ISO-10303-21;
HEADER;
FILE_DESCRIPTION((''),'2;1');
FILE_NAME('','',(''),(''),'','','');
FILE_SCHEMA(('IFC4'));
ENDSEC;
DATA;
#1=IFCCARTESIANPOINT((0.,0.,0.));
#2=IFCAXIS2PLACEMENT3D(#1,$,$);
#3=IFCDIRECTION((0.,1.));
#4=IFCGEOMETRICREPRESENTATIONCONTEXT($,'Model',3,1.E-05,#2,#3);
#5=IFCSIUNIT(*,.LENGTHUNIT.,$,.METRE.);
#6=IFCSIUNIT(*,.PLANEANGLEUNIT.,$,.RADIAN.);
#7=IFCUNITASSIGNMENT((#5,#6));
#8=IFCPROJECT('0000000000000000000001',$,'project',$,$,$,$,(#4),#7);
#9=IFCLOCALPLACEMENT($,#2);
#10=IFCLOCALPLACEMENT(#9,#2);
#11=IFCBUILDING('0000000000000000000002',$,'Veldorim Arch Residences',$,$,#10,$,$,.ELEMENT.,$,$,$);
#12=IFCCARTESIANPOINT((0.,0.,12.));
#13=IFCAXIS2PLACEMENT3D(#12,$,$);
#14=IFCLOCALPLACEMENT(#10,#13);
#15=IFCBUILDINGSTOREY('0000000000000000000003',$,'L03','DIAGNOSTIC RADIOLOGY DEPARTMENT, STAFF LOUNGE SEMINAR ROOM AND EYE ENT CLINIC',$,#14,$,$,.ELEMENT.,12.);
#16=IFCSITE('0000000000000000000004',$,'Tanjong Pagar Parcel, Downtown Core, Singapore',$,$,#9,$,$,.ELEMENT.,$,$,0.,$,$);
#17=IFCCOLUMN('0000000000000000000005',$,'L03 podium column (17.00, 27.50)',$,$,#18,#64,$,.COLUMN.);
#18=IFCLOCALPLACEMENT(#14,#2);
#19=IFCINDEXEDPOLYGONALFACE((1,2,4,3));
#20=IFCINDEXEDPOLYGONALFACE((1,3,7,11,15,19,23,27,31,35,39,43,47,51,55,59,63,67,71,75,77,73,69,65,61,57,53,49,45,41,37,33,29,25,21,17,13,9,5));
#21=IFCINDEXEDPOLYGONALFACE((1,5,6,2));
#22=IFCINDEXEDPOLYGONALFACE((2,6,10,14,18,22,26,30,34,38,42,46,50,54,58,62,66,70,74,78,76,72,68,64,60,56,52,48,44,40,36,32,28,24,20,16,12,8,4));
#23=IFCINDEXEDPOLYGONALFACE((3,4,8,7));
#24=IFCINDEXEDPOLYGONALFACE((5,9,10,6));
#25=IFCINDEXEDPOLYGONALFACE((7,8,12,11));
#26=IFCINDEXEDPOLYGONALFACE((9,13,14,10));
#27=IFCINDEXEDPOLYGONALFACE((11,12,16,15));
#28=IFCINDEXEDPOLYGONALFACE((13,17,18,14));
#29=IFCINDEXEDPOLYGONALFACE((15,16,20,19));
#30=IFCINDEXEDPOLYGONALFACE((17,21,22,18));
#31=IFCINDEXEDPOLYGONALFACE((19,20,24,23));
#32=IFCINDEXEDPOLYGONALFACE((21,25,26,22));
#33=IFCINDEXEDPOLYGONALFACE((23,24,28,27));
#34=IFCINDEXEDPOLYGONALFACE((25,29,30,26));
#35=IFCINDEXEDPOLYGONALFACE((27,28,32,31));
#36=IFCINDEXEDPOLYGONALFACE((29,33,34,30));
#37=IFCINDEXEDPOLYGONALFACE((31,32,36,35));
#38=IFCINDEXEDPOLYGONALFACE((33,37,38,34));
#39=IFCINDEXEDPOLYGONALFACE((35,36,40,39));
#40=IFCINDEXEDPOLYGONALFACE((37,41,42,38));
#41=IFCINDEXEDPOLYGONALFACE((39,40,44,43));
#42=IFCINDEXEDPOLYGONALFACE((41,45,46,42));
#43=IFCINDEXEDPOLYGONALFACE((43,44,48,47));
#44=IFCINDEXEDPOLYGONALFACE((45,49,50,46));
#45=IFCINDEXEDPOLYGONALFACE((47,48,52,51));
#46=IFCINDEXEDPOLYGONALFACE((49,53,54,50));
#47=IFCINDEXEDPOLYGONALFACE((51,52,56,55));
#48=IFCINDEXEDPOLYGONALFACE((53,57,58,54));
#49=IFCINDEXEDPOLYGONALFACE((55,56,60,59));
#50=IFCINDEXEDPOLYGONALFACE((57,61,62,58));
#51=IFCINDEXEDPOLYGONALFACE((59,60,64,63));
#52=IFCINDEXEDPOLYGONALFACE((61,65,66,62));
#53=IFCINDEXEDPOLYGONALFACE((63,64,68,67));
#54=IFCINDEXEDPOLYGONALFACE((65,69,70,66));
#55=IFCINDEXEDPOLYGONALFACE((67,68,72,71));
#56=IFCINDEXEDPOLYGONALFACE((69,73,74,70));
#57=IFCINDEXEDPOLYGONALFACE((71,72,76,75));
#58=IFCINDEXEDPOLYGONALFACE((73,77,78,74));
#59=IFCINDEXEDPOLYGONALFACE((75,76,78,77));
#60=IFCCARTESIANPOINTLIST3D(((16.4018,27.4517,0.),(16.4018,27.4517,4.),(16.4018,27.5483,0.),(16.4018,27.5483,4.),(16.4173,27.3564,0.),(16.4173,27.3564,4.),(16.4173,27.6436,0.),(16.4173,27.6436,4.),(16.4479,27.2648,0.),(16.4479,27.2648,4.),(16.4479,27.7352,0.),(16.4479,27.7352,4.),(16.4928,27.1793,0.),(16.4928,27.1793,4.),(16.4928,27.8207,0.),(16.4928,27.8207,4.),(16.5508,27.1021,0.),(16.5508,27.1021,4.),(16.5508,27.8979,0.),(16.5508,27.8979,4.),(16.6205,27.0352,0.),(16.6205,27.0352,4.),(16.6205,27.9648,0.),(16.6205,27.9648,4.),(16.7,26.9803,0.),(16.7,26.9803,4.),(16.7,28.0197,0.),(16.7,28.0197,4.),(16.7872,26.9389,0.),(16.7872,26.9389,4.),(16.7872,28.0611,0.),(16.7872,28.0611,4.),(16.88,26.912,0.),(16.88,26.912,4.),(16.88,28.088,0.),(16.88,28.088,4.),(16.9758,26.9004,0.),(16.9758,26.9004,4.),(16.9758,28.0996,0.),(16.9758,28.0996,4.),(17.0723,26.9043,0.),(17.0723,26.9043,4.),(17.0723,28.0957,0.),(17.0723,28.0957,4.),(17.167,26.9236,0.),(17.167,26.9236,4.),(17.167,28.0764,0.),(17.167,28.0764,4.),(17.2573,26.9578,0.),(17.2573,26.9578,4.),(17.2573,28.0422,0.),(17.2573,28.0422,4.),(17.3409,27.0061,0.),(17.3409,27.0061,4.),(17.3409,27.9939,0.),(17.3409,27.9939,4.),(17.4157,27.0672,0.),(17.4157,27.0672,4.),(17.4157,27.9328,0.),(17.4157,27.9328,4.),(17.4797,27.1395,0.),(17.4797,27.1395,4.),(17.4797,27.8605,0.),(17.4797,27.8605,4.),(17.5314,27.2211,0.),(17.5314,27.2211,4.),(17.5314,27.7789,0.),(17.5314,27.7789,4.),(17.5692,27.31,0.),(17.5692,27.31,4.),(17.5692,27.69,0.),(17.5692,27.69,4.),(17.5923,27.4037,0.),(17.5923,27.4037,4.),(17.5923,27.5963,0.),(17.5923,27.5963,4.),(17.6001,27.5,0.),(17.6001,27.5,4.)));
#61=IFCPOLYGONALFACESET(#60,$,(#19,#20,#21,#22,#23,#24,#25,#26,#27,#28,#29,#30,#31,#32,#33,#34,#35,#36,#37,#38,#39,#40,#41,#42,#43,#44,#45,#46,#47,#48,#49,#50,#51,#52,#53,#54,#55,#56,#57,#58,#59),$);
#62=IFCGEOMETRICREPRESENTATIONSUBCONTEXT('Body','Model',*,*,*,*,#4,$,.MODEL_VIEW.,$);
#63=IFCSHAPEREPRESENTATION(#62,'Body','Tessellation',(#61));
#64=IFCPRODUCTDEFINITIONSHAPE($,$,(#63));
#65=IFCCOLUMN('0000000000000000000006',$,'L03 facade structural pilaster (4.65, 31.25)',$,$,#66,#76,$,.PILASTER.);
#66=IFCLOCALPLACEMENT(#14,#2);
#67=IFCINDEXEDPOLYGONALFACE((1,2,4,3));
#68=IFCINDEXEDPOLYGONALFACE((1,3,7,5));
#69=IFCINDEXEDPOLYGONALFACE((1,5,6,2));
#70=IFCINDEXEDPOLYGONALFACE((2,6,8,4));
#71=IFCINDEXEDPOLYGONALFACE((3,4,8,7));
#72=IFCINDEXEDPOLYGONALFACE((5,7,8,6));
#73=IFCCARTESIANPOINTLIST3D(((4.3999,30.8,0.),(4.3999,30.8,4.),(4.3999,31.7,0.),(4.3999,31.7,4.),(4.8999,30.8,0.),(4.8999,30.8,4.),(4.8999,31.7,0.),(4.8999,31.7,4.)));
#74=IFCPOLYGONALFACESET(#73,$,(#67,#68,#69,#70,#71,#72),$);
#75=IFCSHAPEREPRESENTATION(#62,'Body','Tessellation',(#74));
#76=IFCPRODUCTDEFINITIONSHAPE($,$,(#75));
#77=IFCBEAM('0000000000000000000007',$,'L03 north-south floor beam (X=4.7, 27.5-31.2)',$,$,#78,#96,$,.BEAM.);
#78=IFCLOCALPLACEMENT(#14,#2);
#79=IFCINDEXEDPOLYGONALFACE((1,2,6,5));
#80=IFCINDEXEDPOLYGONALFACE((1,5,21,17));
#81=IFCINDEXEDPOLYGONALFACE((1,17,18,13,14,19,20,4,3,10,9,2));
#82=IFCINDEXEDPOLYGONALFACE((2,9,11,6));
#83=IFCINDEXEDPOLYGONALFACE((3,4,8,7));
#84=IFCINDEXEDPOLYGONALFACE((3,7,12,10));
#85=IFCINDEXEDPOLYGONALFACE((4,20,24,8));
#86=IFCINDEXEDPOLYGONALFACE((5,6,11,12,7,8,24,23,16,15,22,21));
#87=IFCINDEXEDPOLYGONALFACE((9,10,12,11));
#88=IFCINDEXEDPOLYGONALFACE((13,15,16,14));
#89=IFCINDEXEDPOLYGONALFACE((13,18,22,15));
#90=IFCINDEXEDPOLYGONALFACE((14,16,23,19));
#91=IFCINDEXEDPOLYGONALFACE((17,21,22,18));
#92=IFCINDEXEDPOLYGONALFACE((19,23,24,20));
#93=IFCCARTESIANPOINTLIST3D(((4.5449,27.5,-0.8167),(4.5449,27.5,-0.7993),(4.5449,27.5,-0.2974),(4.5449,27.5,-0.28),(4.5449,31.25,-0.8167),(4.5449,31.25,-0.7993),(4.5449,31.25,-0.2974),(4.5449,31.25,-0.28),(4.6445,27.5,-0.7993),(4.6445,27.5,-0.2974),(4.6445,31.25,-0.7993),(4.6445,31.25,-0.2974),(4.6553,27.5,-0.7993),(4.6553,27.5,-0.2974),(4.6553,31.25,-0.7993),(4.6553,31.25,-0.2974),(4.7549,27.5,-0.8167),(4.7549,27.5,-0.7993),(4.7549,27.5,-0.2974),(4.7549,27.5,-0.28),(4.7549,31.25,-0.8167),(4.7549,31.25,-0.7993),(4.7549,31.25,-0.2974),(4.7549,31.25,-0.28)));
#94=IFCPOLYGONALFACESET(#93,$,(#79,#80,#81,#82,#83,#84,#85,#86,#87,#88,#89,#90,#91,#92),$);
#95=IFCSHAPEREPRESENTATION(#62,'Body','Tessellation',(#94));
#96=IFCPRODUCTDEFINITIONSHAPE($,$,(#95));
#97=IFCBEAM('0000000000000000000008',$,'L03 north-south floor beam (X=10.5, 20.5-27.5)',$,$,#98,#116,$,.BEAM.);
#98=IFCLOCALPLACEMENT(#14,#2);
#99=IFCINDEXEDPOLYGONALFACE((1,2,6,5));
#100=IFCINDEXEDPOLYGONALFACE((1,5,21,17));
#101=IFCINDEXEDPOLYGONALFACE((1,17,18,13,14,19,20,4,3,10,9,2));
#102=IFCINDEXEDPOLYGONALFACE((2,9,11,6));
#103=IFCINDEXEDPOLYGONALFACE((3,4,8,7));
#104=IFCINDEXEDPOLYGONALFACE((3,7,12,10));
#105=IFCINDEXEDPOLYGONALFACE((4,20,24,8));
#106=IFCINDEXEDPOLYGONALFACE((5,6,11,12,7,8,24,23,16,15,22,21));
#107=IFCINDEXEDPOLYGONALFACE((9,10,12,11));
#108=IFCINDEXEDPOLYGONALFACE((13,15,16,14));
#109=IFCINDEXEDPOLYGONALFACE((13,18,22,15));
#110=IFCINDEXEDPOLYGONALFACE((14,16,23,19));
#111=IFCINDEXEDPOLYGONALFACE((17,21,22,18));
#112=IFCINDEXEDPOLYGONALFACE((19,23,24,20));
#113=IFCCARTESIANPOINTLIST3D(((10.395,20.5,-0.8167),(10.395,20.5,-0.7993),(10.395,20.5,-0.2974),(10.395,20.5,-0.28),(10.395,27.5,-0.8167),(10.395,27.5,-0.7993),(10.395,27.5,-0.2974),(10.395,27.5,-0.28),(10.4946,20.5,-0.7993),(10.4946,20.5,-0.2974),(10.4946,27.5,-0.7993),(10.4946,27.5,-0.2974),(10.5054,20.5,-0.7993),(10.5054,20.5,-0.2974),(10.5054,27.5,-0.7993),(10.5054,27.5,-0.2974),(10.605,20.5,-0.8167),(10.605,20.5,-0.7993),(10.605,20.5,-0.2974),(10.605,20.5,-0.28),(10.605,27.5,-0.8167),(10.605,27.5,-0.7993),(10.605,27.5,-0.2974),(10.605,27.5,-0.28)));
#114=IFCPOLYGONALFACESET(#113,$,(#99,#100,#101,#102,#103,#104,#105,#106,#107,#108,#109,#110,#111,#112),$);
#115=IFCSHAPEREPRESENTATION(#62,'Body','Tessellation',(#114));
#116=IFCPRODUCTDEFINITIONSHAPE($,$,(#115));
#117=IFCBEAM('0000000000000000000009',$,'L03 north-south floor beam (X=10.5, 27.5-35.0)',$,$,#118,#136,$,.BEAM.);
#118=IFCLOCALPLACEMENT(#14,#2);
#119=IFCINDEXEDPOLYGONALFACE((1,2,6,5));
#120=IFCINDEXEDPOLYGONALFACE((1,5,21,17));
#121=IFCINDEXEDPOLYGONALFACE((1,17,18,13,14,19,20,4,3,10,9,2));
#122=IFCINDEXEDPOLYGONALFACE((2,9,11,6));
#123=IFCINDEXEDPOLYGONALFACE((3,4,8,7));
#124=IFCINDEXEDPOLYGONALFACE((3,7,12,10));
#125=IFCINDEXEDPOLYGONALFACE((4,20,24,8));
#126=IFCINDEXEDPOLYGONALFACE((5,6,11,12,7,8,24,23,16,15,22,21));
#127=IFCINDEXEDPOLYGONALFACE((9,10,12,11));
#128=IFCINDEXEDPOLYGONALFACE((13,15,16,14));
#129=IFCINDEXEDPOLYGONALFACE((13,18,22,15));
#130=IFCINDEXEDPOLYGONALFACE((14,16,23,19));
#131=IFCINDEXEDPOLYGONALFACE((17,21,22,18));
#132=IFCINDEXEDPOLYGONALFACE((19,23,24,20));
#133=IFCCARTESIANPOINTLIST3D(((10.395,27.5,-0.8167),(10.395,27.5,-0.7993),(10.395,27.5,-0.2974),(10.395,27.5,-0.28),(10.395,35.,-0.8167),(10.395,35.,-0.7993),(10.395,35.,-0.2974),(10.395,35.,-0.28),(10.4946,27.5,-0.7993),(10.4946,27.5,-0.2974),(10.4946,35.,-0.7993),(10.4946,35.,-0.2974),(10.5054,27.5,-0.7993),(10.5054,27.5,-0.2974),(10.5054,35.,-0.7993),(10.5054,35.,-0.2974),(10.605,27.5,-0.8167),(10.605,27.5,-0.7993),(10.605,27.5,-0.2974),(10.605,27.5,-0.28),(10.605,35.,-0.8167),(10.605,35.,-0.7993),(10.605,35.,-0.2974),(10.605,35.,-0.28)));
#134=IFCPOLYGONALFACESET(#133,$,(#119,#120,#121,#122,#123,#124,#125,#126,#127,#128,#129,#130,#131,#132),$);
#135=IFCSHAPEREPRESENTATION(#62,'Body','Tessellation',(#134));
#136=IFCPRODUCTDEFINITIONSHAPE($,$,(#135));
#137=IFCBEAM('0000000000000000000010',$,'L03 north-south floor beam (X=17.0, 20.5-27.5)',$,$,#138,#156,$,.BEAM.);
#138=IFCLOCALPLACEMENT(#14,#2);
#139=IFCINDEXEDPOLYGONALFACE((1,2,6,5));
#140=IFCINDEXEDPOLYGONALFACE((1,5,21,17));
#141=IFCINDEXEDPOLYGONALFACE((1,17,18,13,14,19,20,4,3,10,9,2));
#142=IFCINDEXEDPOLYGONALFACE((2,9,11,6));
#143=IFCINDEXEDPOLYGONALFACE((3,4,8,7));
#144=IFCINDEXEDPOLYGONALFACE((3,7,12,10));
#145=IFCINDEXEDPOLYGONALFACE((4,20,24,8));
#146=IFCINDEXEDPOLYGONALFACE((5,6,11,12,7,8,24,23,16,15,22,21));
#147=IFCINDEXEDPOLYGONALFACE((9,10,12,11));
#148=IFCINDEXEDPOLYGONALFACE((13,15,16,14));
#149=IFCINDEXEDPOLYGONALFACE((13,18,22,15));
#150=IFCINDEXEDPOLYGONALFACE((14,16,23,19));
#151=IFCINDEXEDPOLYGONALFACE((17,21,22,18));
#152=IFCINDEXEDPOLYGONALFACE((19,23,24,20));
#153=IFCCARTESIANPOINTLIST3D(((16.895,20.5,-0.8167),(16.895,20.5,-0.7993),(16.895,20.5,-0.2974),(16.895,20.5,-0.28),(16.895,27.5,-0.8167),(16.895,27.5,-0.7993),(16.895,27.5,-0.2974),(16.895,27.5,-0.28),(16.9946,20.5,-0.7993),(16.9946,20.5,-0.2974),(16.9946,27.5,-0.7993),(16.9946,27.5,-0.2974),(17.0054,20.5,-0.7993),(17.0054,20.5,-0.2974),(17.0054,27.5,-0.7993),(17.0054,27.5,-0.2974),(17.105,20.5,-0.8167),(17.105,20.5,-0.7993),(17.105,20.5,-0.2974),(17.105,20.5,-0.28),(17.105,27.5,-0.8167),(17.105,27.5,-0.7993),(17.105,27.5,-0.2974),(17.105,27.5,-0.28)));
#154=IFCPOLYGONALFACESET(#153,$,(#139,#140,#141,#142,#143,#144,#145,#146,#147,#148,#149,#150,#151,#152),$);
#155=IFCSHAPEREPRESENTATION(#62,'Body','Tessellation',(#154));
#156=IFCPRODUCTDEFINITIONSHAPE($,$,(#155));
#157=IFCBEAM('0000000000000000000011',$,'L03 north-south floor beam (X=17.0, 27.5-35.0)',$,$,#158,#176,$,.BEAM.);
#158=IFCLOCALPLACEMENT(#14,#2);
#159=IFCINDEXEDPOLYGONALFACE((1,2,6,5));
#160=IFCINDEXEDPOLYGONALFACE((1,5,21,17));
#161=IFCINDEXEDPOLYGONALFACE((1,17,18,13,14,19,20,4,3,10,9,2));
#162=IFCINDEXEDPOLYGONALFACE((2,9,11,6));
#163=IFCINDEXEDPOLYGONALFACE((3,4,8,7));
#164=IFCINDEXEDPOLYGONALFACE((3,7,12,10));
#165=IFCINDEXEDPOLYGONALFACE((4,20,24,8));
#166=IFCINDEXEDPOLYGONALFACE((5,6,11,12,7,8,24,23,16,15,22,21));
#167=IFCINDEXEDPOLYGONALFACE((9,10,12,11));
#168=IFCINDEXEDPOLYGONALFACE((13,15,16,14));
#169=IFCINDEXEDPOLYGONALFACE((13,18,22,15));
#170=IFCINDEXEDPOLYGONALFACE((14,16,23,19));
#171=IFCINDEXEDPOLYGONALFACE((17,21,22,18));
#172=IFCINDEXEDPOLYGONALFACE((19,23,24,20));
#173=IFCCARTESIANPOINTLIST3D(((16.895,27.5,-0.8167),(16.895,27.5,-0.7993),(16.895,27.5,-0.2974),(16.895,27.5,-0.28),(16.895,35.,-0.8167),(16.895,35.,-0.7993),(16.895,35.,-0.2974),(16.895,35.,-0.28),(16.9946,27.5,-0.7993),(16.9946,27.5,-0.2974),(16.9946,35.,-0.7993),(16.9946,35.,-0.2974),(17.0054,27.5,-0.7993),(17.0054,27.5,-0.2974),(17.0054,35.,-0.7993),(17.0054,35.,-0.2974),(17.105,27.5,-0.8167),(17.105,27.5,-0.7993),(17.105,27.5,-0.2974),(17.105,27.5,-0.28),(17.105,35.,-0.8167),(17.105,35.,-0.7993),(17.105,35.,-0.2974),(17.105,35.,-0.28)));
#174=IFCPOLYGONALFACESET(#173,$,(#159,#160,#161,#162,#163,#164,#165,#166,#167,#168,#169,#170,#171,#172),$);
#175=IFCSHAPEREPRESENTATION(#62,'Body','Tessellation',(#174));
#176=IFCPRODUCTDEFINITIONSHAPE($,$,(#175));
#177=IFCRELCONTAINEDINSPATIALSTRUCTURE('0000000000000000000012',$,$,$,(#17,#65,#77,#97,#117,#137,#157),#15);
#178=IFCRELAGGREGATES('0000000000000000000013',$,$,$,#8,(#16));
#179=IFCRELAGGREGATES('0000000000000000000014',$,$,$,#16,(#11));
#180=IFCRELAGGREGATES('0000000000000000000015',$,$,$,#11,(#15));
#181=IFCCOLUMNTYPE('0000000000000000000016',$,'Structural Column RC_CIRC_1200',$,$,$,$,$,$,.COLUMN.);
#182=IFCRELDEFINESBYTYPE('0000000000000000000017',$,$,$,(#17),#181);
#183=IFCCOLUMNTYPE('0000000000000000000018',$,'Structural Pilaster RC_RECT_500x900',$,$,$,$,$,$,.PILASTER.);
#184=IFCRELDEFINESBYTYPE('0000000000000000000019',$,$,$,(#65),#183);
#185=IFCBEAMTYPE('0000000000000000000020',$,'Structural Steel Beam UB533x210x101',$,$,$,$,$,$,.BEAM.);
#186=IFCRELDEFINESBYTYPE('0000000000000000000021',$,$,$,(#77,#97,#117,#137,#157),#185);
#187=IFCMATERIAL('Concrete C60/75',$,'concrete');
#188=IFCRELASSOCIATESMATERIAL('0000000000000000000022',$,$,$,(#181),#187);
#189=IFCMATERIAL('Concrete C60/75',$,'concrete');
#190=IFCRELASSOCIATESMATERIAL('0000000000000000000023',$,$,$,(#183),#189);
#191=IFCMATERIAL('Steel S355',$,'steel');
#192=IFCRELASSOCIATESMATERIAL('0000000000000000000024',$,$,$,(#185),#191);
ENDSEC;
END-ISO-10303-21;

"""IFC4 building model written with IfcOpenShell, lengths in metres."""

from ifc_helpers import new_model, si_unit, direction, frame, origin, origin_2d, place, context, subcontext, project, spatial, rectangle, circle, i_section, extrude, material, material_profile, profile_set, type_object, element, save


model = new_model("IFC4")

# Units and contexts
model_context = context("Model", 3, precision=1e-05, world=origin(), true_north=direction((0.0, 1.0)))
body_context = subcontext(model_context, "Body", "Model", "MODEL_VIEW")
ifc_project = project(units=[si_unit("LENGTHUNIT", "METRE"), si_unit("PLANEANGLEUNIT", "RADIAN")], contexts=[model_context])

# Site, building, storey
site_placement = place(None, origin())
site = spatial("IfcSite", under=ifc_project, at=site_placement, Name="Tanjong Pagar Parcel, Downtown Core, Singapore", CompositionType="ELEMENT", RefElevation=0.0)
building_placement = place(site_placement, origin())
building = spatial("IfcBuilding", under=site, at=building_placement, Name="Veldorim Arch Residences", CompositionType="ELEMENT")
storey_placement = place(building_placement, frame((0.0, 0.0, 12.0)))
storey = spatial("IfcBuildingStorey", under=building, at=storey_placement, Name="L03", Description="DIAGNOSTIC RADIOLOGY DEPARTMENT, STAFF LOUNGE SEMINAR ROOM AND EYE ENT CLINIC", CompositionType="ELEMENT", Elevation=12.0)

# Columns
ifc_material_1 = material(Name="Concrete C60/75", Category="concrete")
ifc_material_profile_1 = material_profile(ifc_material_1, circle(Radius=0.6001, at=origin_2d()), Name="RC_CIRC_1200")
ifc_profile_set_1 = profile_set([ifc_material_profile_1], Name="Concrete C60/75")
column_type_1 = type_object("IfcColumnType", Name="Structural Column RC_CIRC_1200", PredefinedType="COLUMN", material=ifc_profile_set_1)
for number, where, z_axis, x_axis, name in (
    (1, (17.0, 27.5, 0.0), (0.0, 0.0, 1.0), (1.0, 0.0, 0.0), "L03 podium column (17.00, 27.50)"),
):
    element("IfcColumn", number, at=place(storey_placement, frame(where, z_axis=z_axis, x_axis=x_axis)), inside=storey, type_object=column_type_1, Name=name, PredefinedType="COLUMN", context=body_context, shape_type="SweptSolid", body=[
        extrude(circle(Radius=0.6001, at=origin_2d()), origin(), (0.0, 0.0, 1.0), 4.0),
    ])
ifc_material_2 = material(Name="Concrete C60/75", Category="concrete")
ifc_material_profile_2 = material_profile(ifc_material_2, rectangle(XDim=0.5, YDim=0.8999, at=origin_2d()), Name="RC_RECT_500x900")
ifc_profile_set_2 = profile_set([ifc_material_profile_2], Name="Concrete C60/75")
column_type_2 = type_object("IfcColumnType", Name="Structural Pilaster RC_RECT_500x900", PredefinedType="PILASTER", material=ifc_profile_set_2)
column_placement = place(storey_placement, frame((4.6499, 31.25, 0.0), z_axis=(0.0, 0.0, 1.0), x_axis=(1.0, 0.0, 0.0)))
element("IfcColumn", 2, at=column_placement, inside=storey, type_object=column_type_2, Name="L03 facade structural pilaster (4.65, 31.25)", PredefinedType="PILASTER", context=body_context, shape_type="SweptSolid", body=[
    extrude(rectangle(XDim=0.5, YDim=0.8999, at=origin_2d()), origin(), (0.0, 0.0, 1.0), 4.0),
])

# Beams
ifc_material_3 = material(Name="Steel S355", Category="steel")
ifc_material_profile_3 = material_profile(ifc_material_3, i_section(OverallWidth=0.21, OverallDepth=0.5366, WebThickness=0.0107, FlangeThickness=0.0173, at=origin_2d()), Name="UB533x210x101")
ifc_profile_set_3 = profile_set([ifc_material_profile_3], Name="Steel S355")
beam_type_1 = type_object("IfcBeamType", Name="Structural Steel Beam UB533x210x101", PredefinedType="BEAM", material=ifc_profile_set_3)
beam_1_placement = place(storey_placement, frame((4.6499, 27.5, -0.5483), z_axis=(0.0, 1.0, 0.0), x_axis=(-1.0, 0.0, 0.0)))
element("IfcBeam", 3, at=beam_1_placement, inside=storey, type_object=beam_type_1, Name="L03 north-south floor beam (X=4.7, 27.5-31.2)", PredefinedType="BEAM", context=body_context, shape_type="SweptSolid", body=[
    extrude(i_section(OverallWidth=0.21, OverallDepth=0.5366, WebThickness=0.0107, FlangeThickness=0.0173, at=origin_2d()), origin(), (0.0, 0.0, 1.0), 3.75),
])
beam_2_placement = place(storey_placement, frame((10.5, 20.5, -0.5483), z_axis=(0.0, 1.0, 0.0), x_axis=(-1.0, 0.0, 0.0)))
element("IfcBeam", 4, at=beam_2_placement, inside=storey, type_object=beam_type_1, Name="L03 north-south floor beam (X=10.5, 20.5-27.5)", PredefinedType="BEAM", context=body_context, shape_type="SweptSolid", body=[
    extrude(i_section(OverallWidth=0.21, OverallDepth=0.5366, WebThickness=0.0107, FlangeThickness=0.0173, at=origin_2d()), origin(), (0.0, 0.0, 1.0), 7.0),
])
beam_3_placement = place(storey_placement, frame((10.5, 27.5, -0.5483), z_axis=(0.0, 1.0, 0.0), x_axis=(-1.0, 0.0, 0.0)))
element("IfcBeam", 5, at=beam_3_placement, inside=storey, type_object=beam_type_1, Name="L03 north-south floor beam (X=10.5, 27.5-35.0)", PredefinedType="BEAM", context=body_context, shape_type="SweptSolid", body=[
    extrude(i_section(OverallWidth=0.21, OverallDepth=0.5366, WebThickness=0.0107, FlangeThickness=0.0173, at=origin_2d()), origin(), (0.0, 0.0, 1.0), 7.5),
])
beam_4_placement = place(storey_placement, frame((17.0, 20.5, -0.5483), z_axis=(0.0, 1.0, 0.0), x_axis=(-1.0, 0.0, 0.0)))
element("IfcBeam", 6, at=beam_4_placement, inside=storey, type_object=beam_type_1, Name="L03 north-south floor beam (X=17.0, 20.5-27.5)", PredefinedType="BEAM", context=body_context, shape_type="SweptSolid", body=[
    extrude(i_section(OverallWidth=0.21, OverallDepth=0.5366, WebThickness=0.0107, FlangeThickness=0.0173, at=origin_2d()), origin(), (0.0, 0.0, 1.0), 7.0),
])
beam_5_placement = place(storey_placement, frame((17.0, 27.5, -0.5483), z_axis=(0.0, 1.0, 0.0), x_axis=(-1.0, 0.0, 0.0)))
element("IfcBeam", 7, at=beam_5_placement, inside=storey, type_object=beam_type_1, Name="L03 north-south floor beam (X=17.0, 27.5-35.0)", PredefinedType="BEAM", context=body_context, shape_type="SweptSolid", body=[
    extrude(i_section(OverallWidth=0.21, OverallDepth=0.5366, WebThickness=0.0107, FlangeThickness=0.0173, at=origin_2d()), origin(), (0.0, 0.0, 1.0), 7.5),
])

save(model, "model.ifc")
